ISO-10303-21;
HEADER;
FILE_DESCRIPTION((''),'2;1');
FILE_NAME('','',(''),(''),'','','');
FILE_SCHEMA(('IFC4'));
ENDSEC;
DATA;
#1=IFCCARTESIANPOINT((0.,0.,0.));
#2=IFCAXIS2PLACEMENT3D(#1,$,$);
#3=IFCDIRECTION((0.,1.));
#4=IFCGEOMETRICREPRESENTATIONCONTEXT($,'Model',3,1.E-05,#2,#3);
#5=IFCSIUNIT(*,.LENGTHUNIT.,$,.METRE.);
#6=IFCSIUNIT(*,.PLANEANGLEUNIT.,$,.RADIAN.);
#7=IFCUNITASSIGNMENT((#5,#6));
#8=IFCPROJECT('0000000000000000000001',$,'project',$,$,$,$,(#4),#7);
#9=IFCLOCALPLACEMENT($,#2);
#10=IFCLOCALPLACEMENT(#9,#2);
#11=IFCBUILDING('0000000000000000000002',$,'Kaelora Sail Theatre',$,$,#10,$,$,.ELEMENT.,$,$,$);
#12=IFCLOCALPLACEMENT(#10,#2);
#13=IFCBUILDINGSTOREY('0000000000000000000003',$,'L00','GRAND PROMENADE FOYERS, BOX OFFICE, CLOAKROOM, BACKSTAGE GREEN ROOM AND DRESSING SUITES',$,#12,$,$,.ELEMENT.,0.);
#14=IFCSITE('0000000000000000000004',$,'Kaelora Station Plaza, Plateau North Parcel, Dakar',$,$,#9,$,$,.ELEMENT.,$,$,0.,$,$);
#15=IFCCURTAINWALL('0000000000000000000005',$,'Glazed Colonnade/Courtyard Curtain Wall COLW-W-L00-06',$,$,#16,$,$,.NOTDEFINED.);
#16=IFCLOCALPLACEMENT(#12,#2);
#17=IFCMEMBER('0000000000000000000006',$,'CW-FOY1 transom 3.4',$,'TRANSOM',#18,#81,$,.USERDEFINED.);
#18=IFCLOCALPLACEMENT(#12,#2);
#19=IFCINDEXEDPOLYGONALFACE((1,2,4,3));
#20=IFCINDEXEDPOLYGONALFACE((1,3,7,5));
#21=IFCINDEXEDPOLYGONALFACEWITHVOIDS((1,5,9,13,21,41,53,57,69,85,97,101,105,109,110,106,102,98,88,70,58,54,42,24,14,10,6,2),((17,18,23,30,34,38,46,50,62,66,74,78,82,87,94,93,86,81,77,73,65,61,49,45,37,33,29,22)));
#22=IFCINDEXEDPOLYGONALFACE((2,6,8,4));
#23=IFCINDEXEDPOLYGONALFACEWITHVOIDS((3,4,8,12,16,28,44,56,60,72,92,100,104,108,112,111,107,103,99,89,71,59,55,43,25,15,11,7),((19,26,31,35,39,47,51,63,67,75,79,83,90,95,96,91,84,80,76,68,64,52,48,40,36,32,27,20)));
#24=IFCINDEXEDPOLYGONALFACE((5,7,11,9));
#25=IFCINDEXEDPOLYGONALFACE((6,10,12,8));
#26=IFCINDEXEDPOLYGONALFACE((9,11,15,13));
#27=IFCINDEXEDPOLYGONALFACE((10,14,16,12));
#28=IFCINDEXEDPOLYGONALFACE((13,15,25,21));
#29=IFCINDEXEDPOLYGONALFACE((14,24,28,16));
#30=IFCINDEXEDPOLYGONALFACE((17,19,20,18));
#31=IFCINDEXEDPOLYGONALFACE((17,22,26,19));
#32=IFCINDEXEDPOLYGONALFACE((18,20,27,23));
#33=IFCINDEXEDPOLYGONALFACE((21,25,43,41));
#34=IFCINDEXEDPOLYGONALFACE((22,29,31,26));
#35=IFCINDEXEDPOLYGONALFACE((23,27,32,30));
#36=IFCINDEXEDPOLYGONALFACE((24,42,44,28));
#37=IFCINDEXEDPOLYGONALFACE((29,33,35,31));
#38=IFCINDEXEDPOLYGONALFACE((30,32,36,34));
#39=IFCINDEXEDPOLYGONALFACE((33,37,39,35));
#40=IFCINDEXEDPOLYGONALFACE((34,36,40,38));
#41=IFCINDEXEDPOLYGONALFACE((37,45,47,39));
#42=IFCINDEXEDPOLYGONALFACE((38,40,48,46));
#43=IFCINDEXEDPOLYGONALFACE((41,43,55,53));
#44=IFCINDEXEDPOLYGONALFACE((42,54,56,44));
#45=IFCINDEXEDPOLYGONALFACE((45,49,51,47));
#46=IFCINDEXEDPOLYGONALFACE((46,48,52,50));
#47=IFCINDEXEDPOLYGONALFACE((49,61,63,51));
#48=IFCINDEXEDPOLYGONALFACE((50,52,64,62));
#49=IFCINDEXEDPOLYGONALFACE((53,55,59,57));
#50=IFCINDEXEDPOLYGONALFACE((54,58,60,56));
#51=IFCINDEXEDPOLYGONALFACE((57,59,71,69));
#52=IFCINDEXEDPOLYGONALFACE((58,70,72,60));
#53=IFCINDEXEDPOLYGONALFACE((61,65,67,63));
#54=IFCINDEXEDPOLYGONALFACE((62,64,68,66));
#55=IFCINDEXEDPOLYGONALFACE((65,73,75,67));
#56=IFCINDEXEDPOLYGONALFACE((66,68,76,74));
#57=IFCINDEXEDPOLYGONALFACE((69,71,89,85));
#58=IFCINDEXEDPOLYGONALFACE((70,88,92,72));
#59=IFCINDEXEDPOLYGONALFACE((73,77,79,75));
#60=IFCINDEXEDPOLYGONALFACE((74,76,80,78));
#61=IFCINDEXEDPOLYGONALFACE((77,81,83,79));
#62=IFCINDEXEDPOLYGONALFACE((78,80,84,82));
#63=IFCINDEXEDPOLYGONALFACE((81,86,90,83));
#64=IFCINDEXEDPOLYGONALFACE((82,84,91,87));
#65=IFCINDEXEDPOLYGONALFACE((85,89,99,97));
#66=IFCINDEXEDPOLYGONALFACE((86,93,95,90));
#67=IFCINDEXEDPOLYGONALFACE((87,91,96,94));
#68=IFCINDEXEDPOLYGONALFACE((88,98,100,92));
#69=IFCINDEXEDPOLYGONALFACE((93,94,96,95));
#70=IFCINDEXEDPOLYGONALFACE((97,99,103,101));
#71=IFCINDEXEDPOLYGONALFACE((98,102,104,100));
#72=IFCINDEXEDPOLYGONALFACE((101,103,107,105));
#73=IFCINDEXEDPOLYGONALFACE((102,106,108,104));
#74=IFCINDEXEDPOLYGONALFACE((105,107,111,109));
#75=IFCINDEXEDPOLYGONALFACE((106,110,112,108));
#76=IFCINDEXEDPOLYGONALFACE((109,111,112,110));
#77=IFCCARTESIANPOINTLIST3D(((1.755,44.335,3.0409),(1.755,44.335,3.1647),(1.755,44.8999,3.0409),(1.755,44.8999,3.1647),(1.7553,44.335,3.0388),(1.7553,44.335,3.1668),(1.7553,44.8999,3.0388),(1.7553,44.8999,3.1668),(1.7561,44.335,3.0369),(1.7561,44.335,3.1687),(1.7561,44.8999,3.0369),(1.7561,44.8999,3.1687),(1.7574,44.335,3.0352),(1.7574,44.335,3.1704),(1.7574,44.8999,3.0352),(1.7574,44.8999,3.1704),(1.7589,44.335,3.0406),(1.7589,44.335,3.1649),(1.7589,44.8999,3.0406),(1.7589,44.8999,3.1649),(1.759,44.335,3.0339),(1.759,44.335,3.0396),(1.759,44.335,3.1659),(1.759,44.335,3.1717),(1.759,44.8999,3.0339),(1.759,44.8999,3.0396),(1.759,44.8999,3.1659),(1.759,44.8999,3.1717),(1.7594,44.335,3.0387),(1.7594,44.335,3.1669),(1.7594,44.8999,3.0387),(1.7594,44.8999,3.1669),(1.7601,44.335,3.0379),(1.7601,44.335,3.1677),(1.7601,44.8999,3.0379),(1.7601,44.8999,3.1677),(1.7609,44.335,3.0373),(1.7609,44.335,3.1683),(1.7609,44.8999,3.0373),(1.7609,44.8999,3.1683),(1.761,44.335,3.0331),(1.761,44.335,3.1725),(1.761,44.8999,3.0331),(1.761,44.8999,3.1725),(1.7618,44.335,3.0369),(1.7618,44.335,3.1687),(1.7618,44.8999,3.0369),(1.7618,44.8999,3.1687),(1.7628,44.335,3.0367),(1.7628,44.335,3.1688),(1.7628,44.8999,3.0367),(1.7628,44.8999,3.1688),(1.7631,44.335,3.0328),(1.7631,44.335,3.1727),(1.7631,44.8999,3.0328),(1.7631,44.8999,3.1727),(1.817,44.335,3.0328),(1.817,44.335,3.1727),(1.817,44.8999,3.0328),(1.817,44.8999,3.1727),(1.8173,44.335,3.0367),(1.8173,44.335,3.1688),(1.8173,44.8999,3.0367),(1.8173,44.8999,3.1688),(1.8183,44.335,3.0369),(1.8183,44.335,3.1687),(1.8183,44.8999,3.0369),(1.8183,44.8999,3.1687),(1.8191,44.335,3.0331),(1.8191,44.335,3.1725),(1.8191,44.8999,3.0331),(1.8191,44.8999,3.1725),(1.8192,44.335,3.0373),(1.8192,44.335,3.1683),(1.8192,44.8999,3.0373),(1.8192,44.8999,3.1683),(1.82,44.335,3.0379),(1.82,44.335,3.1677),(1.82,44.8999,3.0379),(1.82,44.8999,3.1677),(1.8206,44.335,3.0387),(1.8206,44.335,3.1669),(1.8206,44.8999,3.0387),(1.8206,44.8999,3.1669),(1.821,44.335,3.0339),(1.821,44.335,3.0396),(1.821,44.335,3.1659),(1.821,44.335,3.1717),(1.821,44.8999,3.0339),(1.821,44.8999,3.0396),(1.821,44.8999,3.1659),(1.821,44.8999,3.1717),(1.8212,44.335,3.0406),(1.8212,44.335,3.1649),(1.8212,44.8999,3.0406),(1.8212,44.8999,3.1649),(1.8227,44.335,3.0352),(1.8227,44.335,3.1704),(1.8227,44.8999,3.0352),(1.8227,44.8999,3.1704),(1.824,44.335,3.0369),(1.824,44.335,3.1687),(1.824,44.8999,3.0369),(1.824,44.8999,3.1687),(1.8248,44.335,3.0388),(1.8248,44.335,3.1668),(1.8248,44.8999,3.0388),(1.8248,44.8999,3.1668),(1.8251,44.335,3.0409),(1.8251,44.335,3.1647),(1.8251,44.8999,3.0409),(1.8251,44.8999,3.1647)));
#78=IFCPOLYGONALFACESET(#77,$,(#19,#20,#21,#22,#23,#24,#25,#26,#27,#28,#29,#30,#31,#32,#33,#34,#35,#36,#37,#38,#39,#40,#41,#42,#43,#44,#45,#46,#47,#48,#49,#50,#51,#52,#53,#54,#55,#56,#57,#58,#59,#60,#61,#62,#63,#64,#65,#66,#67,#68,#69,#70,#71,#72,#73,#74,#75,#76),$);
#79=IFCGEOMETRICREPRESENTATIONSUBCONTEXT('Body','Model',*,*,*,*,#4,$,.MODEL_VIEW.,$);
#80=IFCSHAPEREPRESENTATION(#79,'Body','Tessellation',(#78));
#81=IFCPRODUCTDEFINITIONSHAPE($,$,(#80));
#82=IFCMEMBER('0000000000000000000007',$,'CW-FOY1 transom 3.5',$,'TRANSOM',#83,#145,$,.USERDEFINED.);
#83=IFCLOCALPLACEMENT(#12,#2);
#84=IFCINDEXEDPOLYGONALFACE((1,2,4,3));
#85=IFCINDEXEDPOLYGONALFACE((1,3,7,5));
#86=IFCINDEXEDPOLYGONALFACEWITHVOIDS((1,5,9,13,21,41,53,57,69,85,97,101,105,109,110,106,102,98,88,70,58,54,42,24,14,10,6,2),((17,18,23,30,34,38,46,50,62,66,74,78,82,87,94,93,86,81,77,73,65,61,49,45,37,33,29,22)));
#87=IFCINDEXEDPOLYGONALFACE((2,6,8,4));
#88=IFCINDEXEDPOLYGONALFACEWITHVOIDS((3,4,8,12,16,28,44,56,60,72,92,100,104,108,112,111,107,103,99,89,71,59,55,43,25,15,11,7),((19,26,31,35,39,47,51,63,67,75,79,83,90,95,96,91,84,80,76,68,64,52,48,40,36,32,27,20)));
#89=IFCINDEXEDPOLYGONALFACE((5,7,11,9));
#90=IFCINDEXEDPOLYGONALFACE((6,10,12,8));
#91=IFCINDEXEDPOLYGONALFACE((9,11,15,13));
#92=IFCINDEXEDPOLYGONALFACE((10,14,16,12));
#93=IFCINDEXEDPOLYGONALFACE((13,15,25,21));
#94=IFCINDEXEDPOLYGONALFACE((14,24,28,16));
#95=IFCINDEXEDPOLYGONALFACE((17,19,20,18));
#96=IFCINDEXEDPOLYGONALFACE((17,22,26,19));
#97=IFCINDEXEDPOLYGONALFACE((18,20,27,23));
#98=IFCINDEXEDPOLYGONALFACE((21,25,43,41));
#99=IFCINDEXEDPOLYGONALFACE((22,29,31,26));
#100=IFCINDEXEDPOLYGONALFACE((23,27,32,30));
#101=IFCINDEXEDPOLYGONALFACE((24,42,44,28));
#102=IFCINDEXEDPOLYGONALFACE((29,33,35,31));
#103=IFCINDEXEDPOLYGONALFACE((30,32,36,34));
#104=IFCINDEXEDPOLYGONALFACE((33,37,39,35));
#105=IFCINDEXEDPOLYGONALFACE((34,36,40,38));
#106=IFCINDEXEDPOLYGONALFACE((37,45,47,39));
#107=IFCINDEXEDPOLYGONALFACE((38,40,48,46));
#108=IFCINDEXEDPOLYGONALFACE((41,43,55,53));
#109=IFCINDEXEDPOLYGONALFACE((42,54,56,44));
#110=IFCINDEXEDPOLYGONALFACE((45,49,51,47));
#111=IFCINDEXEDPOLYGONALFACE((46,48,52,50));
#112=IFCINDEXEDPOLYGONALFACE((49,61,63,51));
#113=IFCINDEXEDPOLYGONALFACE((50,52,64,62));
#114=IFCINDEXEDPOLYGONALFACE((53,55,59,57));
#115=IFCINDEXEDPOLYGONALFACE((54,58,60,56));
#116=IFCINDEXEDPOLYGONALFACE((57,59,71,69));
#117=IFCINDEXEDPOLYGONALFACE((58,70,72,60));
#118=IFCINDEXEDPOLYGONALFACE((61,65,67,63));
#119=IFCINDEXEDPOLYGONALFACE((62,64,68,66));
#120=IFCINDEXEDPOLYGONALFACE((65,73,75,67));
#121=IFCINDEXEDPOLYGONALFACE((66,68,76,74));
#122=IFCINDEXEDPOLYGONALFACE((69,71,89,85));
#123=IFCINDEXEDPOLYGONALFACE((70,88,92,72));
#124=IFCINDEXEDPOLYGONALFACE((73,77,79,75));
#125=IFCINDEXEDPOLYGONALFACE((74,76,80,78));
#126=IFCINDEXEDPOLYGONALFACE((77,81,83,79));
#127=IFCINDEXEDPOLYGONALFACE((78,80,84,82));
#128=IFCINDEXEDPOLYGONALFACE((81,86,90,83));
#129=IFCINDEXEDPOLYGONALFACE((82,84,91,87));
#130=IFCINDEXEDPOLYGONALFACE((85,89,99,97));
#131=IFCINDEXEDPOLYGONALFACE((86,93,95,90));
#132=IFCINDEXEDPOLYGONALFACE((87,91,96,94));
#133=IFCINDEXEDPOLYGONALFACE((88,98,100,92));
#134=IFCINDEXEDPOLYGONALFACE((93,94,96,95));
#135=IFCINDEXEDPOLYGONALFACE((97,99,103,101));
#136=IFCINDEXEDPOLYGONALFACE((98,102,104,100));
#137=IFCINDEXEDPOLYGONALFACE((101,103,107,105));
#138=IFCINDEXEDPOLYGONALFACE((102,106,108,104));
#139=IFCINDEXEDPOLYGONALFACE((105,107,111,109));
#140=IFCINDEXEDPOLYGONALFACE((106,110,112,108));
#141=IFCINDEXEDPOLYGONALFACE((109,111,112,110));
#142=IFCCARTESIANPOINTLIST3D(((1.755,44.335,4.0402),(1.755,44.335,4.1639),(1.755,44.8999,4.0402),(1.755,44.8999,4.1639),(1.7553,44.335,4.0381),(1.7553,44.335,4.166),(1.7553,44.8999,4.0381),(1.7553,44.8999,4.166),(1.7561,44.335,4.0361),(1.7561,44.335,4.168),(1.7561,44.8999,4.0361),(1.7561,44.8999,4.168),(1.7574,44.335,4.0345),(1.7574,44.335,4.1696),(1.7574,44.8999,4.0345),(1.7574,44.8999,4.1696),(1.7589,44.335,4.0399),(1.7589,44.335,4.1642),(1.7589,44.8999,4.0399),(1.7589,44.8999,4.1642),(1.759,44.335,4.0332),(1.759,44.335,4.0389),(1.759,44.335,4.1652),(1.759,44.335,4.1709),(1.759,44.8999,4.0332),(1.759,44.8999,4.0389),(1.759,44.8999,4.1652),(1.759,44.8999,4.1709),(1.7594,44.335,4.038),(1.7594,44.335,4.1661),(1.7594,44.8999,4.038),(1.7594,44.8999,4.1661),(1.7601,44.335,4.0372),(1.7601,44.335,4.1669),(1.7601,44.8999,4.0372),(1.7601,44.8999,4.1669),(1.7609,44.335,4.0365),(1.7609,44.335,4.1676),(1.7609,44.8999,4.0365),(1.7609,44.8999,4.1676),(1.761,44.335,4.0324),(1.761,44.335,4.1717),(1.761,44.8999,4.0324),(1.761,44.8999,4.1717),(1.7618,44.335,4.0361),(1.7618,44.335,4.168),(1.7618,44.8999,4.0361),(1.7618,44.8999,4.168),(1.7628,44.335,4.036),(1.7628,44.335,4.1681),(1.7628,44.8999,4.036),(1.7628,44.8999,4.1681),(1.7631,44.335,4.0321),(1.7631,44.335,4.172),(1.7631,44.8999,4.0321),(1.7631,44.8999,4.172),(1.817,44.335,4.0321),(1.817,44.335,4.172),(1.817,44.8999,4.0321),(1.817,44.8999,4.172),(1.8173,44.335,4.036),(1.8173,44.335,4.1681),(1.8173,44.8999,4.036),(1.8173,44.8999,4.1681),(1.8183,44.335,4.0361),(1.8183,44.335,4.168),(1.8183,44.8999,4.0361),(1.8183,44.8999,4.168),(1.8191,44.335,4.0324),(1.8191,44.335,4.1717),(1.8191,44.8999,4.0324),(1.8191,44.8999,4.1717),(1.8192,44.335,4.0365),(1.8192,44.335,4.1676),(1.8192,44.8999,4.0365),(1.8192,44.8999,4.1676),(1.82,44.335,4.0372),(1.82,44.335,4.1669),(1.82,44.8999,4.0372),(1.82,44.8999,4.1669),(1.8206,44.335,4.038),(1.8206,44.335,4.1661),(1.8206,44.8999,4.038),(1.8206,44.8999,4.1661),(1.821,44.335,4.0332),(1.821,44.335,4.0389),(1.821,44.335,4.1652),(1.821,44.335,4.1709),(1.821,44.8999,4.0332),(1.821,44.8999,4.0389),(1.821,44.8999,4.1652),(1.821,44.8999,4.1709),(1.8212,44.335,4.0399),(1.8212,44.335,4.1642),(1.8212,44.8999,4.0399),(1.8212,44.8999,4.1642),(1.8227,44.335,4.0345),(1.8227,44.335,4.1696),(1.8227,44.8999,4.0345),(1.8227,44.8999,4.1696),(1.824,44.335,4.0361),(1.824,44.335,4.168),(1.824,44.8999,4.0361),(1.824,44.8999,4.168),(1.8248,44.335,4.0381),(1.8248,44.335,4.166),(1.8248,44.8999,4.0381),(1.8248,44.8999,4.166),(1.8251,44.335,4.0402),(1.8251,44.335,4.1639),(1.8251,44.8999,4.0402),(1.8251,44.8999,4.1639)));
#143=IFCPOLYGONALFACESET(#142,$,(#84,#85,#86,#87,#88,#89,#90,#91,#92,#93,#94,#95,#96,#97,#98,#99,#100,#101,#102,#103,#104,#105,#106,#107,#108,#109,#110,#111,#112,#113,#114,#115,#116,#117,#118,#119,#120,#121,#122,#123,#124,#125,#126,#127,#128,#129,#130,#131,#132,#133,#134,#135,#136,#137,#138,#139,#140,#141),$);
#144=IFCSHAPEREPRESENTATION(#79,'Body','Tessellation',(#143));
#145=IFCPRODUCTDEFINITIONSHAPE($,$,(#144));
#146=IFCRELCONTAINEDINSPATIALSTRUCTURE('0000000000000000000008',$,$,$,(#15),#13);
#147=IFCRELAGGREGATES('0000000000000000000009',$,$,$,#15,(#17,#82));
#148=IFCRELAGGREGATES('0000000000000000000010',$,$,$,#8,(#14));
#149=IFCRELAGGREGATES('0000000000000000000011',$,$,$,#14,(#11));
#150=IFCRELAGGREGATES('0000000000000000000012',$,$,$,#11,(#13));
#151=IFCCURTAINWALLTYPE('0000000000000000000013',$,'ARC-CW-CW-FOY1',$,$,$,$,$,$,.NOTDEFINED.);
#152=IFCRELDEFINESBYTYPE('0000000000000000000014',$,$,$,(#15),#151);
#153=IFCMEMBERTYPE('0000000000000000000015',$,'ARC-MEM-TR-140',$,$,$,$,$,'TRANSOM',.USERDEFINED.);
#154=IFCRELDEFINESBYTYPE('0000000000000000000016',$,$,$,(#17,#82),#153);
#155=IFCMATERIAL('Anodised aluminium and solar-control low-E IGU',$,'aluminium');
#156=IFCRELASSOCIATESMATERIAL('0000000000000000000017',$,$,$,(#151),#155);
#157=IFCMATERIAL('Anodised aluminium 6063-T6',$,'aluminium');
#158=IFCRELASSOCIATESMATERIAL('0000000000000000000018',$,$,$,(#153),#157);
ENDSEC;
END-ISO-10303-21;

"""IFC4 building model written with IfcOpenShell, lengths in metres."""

from ifc_helpers import new_model, si_unit, direction, frame, origin, origin_2d, place, context, subcontext, project, spatial, hollow_rectangle, extrude, material, material_profile, profile_set, type_object, element, aggregate, save


model = new_model("IFC4")

# Units and contexts
model_context = context("Model", 3, precision=1e-05, world=origin(), true_north=direction((0.0, 1.0)))
body_context = subcontext(model_context, "Body", "Model", "MODEL_VIEW")
ifc_project = project(units=[si_unit("LENGTHUNIT", "METRE"), si_unit("PLANEANGLEUNIT", "RADIAN")], contexts=[model_context])

# Site, building, storey
site_placement = place(None, origin())
site = spatial("IfcSite", under=ifc_project, at=site_placement, Name="Kaelora Station Plaza, Plateau North Parcel, Dakar", CompositionType="ELEMENT", RefElevation=0.0)
building_placement = place(site_placement, origin())
building = spatial("IfcBuilding", under=site, at=building_placement, Name="Kaelora Sail Theatre", CompositionType="ELEMENT")
storey_placement = place(building_placement, origin())
storey = spatial("IfcBuildingStorey", under=building, at=storey_placement, Name="L00", Description="GRAND PROMENADE FOYERS, BOX OFFICE, CLOAKROOM, BACKSTAGE GREEN ROOM AND DRESSING SUITES", CompositionType="ELEMENT", Elevation=0.0)

# Curtain wall, members
ifc_material_1 = material(Name="Anodised aluminium and solar-control low-E IGU", Category="aluminium")
curtain_wall_type = type_object("IfcCurtainWallType", Name="ARC-CW-CW-FOY1", PredefinedType="NOTDEFINED", material=ifc_material_1)
curtain_wall_1_placement = place(storey_placement, origin())
curtain_wall_1 = element("IfcCurtainWall", 1, at=curtain_wall_1_placement, inside=storey, type_object=curtain_wall_type, Name="Glazed Colonnade/Courtyard Curtain Wall COLW-W-L00-06", PredefinedType="NOTDEFINED")
ifc_material_2 = material(Name="Anodised aluminium 6063-T6", Category="aluminium")
ifc_material_profile = material_profile(ifc_material_2, hollow_rectangle(XDim=0.0701, YDim=0.1399, WallThickness=0.0039, InnerFilletRadius=0.0039, OuterFilletRadius=0.0081, at=origin_2d()), Name="ALU-TRAN 70x140x4")
ifc_profile_set = profile_set([ifc_material_profile], Name="Anodised aluminium 6063-T6")
member_type = type_object("IfcMemberType", Name="ARC-MEM-TR-140", ElementType="TRANSOM", PredefinedType="USERDEFINED", material=ifc_profile_set)
member_1_placement = place(storey_placement, frame((1.79, 44.335, 3.1028), z_axis=(0.0, 1.0, 0.0), x_axis=(-1.0, 0.0, 0.0)))
member_1 = element("IfcMember", 2, at=member_1_placement, type_object=member_type, Name="CW-FOY1 transom 3.4", ObjectType="TRANSOM", PredefinedType="USERDEFINED", context=body_context, shape_type="SweptSolid", body=[
    extrude(hollow_rectangle(XDim=0.0701, YDim=0.1399, WallThickness=0.0039, InnerFilletRadius=0.0039, OuterFilletRadius=0.0081, at=origin_2d()), origin(), (0.0, 0.0, 1.0), 0.5649),
])
member_2_placement = place(storey_placement, frame((1.79, 44.335, 4.1021), z_axis=(0.0, 1.0, 0.0), x_axis=(-1.0, 0.0, 0.0)))
member_2 = element("IfcMember", 3, at=member_2_placement, type_object=member_type, Name="CW-FOY1 transom 3.5", ObjectType="TRANSOM", PredefinedType="USERDEFINED", context=body_context, shape_type="SweptSolid", body=[
    extrude(hollow_rectangle(XDim=0.0701, YDim=0.1399, WallThickness=0.0039, InnerFilletRadius=0.0039, OuterFilletRadius=0.0081, at=origin_2d()), origin(), (0.0, 0.0, 1.0), 0.5649),
])

aggregate(curtain_wall_1, [member_1, member_2])

save(model, "model.ifc")
